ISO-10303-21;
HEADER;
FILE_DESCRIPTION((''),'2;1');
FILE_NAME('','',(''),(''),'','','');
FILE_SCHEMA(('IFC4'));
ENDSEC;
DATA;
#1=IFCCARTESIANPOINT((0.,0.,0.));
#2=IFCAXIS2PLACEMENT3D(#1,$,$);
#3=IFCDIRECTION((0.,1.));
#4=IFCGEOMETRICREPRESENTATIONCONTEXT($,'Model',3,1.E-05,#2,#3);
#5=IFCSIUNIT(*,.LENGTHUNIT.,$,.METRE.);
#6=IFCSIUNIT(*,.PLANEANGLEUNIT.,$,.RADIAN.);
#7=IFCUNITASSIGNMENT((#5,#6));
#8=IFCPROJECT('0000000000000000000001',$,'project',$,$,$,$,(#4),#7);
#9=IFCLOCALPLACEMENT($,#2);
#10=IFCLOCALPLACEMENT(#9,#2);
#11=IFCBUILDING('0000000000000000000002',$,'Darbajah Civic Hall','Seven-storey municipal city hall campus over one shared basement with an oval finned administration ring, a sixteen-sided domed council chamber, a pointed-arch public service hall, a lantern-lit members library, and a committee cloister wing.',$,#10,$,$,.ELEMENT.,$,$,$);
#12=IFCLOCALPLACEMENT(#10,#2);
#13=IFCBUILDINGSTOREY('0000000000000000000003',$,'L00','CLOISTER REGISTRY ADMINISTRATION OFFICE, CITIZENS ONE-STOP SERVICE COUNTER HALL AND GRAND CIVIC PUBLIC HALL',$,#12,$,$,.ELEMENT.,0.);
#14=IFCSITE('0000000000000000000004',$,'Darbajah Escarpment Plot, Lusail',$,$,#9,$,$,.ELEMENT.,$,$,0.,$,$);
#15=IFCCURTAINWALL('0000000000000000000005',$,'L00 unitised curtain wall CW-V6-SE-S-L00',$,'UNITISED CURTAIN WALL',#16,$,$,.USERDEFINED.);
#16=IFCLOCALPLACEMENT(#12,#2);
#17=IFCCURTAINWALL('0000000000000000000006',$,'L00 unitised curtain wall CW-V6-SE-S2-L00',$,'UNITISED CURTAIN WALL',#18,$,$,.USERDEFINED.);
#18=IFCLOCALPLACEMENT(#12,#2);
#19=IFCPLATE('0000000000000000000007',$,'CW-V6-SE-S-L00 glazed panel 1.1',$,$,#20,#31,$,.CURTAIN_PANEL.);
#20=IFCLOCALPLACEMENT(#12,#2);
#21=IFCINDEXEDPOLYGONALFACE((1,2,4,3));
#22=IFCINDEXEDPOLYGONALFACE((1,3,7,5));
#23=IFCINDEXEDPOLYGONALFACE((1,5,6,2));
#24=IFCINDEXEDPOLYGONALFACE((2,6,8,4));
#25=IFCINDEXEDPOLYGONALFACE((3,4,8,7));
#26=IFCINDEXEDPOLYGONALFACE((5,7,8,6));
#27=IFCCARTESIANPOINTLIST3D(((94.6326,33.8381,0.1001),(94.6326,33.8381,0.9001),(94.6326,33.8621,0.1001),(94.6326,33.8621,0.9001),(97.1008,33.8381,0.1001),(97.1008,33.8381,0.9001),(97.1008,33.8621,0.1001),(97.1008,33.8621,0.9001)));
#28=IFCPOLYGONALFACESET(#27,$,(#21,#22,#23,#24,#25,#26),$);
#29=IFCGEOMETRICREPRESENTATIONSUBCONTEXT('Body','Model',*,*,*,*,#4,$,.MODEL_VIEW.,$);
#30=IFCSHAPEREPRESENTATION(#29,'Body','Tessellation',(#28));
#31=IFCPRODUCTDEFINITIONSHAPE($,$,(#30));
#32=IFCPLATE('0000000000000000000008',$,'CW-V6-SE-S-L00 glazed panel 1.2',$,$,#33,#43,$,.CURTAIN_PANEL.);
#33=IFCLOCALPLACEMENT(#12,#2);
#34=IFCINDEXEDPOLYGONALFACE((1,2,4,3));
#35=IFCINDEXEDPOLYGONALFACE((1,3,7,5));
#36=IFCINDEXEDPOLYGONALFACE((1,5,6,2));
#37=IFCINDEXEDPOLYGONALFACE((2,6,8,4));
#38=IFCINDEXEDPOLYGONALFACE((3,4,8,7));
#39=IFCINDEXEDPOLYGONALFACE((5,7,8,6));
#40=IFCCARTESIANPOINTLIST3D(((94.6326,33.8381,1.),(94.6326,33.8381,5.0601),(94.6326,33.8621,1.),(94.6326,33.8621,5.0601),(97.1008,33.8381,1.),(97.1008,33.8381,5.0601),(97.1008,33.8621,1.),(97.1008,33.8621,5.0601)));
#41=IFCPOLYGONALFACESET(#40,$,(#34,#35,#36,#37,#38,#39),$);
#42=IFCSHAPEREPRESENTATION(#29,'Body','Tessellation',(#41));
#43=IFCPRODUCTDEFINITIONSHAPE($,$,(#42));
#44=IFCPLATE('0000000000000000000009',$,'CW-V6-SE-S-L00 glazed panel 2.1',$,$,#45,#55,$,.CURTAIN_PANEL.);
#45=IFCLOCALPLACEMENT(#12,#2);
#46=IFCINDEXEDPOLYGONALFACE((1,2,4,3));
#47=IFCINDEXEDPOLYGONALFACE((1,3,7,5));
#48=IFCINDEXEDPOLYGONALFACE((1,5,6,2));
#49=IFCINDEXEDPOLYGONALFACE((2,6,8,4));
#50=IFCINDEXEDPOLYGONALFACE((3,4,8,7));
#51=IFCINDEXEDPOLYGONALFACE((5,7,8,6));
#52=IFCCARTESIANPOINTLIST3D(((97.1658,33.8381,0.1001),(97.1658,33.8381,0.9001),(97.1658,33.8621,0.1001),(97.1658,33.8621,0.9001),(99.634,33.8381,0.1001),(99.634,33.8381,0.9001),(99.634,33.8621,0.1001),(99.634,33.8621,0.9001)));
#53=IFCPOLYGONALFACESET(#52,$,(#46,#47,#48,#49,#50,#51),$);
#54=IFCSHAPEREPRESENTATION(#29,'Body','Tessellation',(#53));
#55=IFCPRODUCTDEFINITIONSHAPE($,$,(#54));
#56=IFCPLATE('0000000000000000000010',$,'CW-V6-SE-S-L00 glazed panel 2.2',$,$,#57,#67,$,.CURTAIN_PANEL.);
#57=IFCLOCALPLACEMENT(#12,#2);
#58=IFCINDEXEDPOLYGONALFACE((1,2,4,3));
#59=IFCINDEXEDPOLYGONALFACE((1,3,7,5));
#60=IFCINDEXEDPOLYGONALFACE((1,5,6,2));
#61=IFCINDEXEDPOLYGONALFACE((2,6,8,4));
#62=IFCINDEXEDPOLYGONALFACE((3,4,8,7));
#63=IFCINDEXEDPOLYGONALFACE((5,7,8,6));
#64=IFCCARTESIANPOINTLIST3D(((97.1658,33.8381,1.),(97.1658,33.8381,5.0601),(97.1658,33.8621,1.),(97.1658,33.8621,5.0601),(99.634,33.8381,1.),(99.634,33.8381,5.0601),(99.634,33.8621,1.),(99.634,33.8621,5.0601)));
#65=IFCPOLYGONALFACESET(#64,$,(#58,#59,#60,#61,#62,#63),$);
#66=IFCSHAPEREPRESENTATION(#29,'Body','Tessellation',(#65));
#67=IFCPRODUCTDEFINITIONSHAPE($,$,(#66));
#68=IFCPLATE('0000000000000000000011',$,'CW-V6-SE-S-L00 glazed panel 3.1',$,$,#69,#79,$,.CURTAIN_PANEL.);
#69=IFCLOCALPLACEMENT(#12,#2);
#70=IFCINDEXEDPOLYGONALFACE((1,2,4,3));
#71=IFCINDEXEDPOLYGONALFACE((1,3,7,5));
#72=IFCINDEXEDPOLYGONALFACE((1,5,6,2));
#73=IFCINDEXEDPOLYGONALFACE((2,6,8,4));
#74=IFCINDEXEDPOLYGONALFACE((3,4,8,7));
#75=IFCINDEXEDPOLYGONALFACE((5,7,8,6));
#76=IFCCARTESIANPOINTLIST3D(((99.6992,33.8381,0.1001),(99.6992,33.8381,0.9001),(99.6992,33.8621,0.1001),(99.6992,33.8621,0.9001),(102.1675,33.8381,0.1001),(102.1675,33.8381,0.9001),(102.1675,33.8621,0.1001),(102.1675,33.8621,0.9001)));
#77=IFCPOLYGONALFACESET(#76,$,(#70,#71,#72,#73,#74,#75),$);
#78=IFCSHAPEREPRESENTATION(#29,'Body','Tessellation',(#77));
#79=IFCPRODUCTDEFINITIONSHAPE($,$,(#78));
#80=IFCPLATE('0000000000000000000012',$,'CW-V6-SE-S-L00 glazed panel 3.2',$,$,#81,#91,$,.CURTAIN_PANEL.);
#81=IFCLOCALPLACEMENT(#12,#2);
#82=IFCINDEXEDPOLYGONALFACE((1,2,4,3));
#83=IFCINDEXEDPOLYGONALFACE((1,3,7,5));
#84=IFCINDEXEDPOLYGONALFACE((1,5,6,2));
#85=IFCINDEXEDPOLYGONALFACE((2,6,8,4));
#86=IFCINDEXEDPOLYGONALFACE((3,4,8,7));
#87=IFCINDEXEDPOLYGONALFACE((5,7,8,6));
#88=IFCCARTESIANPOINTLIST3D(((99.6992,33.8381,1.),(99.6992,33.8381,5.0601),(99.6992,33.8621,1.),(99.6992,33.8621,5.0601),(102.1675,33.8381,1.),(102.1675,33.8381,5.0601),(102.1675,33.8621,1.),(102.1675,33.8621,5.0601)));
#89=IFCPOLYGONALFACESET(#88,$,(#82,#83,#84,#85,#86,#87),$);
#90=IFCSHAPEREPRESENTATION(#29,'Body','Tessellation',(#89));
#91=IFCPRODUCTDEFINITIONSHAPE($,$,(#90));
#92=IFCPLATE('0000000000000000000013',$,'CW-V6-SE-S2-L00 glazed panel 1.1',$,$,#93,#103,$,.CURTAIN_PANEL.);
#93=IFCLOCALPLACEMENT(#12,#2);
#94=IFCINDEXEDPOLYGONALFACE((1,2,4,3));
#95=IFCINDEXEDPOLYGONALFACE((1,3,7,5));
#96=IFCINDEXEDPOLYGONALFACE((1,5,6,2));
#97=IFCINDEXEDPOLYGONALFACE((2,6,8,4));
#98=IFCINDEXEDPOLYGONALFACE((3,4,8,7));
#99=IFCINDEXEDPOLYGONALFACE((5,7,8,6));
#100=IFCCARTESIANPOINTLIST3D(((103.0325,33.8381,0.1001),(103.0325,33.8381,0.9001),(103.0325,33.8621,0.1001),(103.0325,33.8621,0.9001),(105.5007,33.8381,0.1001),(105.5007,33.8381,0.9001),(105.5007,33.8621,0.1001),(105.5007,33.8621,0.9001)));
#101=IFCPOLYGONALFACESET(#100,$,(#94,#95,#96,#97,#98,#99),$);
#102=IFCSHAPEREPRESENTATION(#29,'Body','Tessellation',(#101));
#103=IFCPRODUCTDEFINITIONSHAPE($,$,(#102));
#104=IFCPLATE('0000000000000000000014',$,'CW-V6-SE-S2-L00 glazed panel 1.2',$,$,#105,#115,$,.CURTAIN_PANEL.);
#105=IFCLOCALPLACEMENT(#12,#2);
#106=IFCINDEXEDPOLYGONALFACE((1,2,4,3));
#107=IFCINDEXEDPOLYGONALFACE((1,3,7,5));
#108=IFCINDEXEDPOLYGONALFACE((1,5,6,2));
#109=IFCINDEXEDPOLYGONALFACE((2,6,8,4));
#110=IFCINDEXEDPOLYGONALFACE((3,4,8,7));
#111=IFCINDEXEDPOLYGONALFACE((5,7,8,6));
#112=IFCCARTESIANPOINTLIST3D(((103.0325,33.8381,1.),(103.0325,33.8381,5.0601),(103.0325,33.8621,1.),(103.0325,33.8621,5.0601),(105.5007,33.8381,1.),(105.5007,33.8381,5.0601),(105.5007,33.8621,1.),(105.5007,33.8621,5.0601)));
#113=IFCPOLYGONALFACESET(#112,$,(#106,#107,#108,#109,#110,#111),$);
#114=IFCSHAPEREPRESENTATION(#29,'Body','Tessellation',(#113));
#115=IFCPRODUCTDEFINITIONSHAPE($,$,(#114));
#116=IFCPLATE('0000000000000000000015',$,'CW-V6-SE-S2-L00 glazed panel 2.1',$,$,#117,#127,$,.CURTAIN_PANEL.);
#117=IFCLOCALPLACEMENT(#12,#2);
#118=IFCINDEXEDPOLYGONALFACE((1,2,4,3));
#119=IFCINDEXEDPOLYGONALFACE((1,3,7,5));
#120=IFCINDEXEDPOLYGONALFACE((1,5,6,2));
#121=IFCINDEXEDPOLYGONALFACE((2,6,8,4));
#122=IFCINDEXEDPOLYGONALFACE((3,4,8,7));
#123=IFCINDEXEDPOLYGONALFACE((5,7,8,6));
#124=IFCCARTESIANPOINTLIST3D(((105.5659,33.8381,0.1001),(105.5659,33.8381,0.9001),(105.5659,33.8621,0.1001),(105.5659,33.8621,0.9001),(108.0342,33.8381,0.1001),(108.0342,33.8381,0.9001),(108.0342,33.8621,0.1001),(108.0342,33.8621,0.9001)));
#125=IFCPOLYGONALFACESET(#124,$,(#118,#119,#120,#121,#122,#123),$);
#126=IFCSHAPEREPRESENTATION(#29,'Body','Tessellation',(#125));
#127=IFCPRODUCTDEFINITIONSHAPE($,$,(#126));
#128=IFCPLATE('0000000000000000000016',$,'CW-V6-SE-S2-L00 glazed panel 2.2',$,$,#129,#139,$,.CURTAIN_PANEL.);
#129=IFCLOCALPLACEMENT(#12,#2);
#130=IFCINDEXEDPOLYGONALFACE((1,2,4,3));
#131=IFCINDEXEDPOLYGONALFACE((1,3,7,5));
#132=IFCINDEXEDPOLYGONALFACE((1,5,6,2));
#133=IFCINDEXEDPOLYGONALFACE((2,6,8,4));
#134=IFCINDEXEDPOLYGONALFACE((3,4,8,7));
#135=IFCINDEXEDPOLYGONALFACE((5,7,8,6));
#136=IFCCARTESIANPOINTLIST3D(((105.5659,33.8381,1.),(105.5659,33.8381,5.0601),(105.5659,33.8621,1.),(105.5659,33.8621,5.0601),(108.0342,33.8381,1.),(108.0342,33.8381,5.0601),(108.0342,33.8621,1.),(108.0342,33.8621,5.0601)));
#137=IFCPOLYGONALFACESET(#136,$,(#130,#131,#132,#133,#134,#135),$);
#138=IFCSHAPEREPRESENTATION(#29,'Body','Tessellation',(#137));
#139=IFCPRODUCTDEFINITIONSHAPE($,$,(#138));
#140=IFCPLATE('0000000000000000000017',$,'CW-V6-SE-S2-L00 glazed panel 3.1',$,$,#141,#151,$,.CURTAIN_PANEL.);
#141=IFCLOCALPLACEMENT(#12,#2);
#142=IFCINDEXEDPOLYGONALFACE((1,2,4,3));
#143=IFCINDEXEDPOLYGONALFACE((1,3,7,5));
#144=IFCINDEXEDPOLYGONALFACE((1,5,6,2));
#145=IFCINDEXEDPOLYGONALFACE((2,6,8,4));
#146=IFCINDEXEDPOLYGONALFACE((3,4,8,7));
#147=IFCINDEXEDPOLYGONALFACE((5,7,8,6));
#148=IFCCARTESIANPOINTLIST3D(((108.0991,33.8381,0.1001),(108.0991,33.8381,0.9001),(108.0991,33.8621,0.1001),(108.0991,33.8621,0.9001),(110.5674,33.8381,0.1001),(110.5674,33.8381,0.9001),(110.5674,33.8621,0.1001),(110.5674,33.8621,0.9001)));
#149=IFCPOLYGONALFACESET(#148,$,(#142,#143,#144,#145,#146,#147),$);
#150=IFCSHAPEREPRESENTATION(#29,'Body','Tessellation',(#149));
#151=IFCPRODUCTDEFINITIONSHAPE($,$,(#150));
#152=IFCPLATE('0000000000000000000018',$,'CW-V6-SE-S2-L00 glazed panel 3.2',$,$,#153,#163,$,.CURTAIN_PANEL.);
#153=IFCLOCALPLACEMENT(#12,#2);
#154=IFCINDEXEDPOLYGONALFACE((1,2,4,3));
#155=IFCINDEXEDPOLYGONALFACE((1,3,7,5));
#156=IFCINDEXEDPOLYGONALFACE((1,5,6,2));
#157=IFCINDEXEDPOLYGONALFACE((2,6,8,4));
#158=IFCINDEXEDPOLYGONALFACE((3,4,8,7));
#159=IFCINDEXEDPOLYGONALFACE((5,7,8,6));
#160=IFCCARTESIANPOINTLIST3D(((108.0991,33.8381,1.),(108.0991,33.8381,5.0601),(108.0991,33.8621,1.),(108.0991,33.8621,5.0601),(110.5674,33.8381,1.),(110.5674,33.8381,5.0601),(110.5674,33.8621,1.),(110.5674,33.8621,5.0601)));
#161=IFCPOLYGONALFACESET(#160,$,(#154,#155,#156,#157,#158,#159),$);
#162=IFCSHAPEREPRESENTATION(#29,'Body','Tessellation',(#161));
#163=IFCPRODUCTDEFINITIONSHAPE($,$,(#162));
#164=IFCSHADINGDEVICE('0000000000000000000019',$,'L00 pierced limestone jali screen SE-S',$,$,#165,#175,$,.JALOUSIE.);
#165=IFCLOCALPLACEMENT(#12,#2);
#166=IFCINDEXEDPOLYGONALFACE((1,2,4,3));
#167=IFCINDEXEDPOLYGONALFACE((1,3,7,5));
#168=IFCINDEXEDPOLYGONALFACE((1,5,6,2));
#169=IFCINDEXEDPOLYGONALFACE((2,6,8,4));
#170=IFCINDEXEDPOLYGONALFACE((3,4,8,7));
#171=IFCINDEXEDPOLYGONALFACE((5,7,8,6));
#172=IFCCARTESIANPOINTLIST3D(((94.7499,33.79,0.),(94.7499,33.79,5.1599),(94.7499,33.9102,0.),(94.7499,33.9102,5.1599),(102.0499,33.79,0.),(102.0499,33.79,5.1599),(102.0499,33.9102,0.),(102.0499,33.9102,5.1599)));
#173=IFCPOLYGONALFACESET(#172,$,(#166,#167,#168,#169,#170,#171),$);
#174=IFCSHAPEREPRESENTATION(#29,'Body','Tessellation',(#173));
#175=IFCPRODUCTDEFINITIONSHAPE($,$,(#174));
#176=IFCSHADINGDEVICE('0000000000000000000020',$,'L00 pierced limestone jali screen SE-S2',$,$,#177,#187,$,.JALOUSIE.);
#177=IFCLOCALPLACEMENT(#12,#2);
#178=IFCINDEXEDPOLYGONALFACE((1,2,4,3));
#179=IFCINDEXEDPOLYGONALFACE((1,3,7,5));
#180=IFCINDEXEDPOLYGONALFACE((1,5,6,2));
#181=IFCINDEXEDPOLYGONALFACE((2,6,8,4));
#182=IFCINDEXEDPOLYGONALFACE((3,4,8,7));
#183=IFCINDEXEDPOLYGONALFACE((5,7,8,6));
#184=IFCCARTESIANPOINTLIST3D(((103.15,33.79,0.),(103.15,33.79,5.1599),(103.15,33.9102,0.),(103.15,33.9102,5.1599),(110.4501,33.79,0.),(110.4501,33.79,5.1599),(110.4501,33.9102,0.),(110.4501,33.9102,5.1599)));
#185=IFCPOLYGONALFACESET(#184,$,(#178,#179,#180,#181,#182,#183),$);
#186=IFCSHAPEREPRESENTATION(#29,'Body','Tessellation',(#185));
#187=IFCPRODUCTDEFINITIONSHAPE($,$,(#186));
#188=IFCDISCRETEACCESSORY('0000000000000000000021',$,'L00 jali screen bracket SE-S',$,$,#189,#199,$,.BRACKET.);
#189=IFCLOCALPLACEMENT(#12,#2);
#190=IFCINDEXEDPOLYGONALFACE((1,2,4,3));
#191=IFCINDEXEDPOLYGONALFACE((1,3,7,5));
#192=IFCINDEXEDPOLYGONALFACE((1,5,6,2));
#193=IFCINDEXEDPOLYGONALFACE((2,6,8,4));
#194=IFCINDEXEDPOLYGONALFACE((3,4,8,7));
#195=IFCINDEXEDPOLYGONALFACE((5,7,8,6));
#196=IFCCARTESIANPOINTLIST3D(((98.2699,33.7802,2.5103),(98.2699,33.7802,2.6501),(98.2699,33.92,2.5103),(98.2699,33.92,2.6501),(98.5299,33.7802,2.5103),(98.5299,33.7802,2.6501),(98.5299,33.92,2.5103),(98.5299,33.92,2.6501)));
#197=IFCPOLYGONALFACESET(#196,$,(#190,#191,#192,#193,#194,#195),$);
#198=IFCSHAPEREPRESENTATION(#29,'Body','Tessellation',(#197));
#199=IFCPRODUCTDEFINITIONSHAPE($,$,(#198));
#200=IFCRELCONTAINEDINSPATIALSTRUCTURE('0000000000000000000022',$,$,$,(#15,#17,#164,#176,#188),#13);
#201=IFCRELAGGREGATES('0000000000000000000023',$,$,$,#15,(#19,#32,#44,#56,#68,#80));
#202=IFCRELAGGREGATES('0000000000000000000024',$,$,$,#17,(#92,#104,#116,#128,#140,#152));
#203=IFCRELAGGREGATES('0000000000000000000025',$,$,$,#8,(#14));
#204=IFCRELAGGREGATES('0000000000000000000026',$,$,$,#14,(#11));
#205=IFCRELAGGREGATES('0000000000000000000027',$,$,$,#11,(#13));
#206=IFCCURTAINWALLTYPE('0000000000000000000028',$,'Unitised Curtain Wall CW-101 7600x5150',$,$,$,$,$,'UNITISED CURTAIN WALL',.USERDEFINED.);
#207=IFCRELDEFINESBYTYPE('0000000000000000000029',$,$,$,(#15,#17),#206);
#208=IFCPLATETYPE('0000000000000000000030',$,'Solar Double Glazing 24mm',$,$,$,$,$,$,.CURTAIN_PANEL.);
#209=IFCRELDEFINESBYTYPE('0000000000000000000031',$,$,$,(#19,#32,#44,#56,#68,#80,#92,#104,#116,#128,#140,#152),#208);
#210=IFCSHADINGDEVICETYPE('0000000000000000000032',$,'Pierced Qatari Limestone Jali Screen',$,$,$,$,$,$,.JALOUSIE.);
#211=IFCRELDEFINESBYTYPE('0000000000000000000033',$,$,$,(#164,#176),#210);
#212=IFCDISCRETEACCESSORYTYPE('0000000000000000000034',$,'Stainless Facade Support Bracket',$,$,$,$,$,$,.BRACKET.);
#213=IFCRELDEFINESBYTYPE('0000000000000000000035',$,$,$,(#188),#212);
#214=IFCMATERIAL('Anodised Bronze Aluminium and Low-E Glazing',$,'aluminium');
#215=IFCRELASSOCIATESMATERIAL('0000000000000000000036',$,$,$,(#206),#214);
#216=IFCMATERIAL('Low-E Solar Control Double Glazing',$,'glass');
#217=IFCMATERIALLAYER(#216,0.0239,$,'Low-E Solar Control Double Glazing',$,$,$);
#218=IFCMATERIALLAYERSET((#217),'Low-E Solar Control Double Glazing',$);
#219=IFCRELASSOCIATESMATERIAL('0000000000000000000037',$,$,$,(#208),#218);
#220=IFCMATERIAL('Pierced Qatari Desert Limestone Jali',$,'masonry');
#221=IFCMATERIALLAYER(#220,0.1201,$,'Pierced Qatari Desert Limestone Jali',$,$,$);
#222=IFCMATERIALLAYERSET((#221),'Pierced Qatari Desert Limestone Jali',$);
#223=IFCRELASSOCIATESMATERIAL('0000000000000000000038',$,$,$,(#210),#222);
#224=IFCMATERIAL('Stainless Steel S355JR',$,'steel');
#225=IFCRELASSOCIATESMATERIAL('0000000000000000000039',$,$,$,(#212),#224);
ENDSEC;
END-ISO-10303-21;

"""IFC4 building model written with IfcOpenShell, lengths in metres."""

from ifc_helpers import new_model, si_unit, direction, frame, origin, origin_2d, place, context, subcontext, project, spatial, rectangle, extrude, material, layer, layer_set, type_object, element, aggregate, save


model = new_model("IFC4")

# Units and contexts
model_context = context("Model", 3, precision=1e-05, world=origin(), true_north=direction((0.0, 1.0)))
body_context = subcontext(model_context, "Body", "Model", "MODEL_VIEW")
ifc_project = project(units=[si_unit("LENGTHUNIT", "METRE"), si_unit("PLANEANGLEUNIT", "RADIAN")], contexts=[model_context])

# Site, building, storey
site_placement = place(None, origin())
site = spatial("IfcSite", under=ifc_project, at=site_placement, Name="Darbajah Escarpment Plot, Lusail", CompositionType="ELEMENT", RefElevation=0.0)
building_placement = place(site_placement, origin())
building = spatial("IfcBuilding", under=site, at=building_placement, Name="Darbajah Civic Hall", Description="Seven-storey municipal city hall campus over one shared basement with an oval finned administration ring, a sixteen-sided domed council chamber, a pointed-arch public service hall, a lantern-lit members library, and a committee cloister wing.", CompositionType="ELEMENT")
storey_placement = place(building_placement, origin())
storey = spatial("IfcBuildingStorey", under=building, at=storey_placement, Name="L00", Description="CLOISTER REGISTRY ADMINISTRATION OFFICE, CITIZENS ONE-STOP SERVICE COUNTER HALL AND GRAND CIVIC PUBLIC HALL", CompositionType="ELEMENT", Elevation=0.0)

# Curtain walls
ifc_material_1 = material(Name="Anodised Bronze Aluminium and Low-E Glazing", Category="aluminium")
curtain_wall_type = type_object("IfcCurtainWallType", Name="Unitised Curtain Wall CW-101 7600x5150", ElementType="UNITISED CURTAIN WALL", PredefinedType="USERDEFINED", material=ifc_material_1)
curtain_wall_1_placement = place(storey_placement, origin())
curtain_wall_1 = element("IfcCurtainWall", 1, at=curtain_wall_1_placement, inside=storey, type_object=curtain_wall_type, Name="L00 unitised curtain wall CW-V6-SE-S-L00", ObjectType="UNITISED CURTAIN WALL", PredefinedType="USERDEFINED")
curtain_wall_2_placement = place(storey_placement, origin())
curtain_wall_2 = element("IfcCurtainWall", 2, at=curtain_wall_2_placement, inside=storey, type_object=curtain_wall_type, Name="L00 unitised curtain wall CW-V6-SE-S2-L00", ObjectType="UNITISED CURTAIN WALL", PredefinedType="USERDEFINED")

# Plates
ifc_material_2 = material(Name="Low-E Solar Control Double Glazing", Category="glass")
ifc_layer_1 = layer(ifc_material_2, 0.0239, Name="Low-E Solar Control Double Glazing")
ifc_layer_set_1 = layer_set([ifc_layer_1], Name="Low-E Solar Control Double Glazing")
plate_type = type_object("IfcPlateType", Name="Solar Double Glazing 24mm", PredefinedType="CURTAIN_PANEL", material=ifc_layer_set_1)
plate_1_placement = place(storey_placement, frame((95.8667, 33.8501, 0.1001), z_axis=(0.0, 0.0, 1.0), x_axis=(1.0, 0.0, 0.0)))
plate_1 = element("IfcPlate", 3, at=plate_1_placement, type_object=plate_type, Name="CW-V6-SE-S-L00 glazed panel 1.1", PredefinedType="CURTAIN_PANEL", context=body_context, shape_type="SweptSolid", body=[
    extrude(rectangle(XDim=2.4683, YDim=0.0239, at=origin_2d()), origin(), (0.0, 0.0, 1.0), 0.8),
])
plate_2_placement = place(storey_placement, frame((95.8667, 33.8501, 1.0), z_axis=(0.0, 0.0, 1.0), x_axis=(1.0, 0.0, 0.0)))
plate_2 = element("IfcPlate", 4, at=plate_2_placement, type_object=plate_type, Name="CW-V6-SE-S-L00 glazed panel 1.2", PredefinedType="CURTAIN_PANEL", context=body_context, shape_type="SweptSolid", body=[
    extrude(rectangle(XDim=2.4683, YDim=0.0239, at=origin_2d()), origin(), (0.0, 0.0, 1.0), 4.0601),
])
plate_3_placement = place(storey_placement, frame((98.3999, 33.8501, 0.1001), z_axis=(0.0, 0.0, 1.0), x_axis=(1.0, 0.0, 0.0)))
plate_3 = element("IfcPlate", 5, at=plate_3_placement, type_object=plate_type, Name="CW-V6-SE-S-L00 glazed panel 2.1", PredefinedType="CURTAIN_PANEL", context=body_context, shape_type="SweptSolid", body=[
    extrude(rectangle(XDim=2.4683, YDim=0.0239, at=origin_2d()), origin(), (0.0, 0.0, 1.0), 0.8),
])
plate_4_placement = place(storey_placement, frame((98.3999, 33.8501, 1.0), z_axis=(0.0, 0.0, 1.0), x_axis=(1.0, 0.0, 0.0)))
plate_4 = element("IfcPlate", 6, at=plate_4_placement, type_object=plate_type, Name="CW-V6-SE-S-L00 glazed panel 2.2", PredefinedType="CURTAIN_PANEL", context=body_context, shape_type="SweptSolid", body=[
    extrude(rectangle(XDim=2.4683, YDim=0.0239, at=origin_2d()), origin(), (0.0, 0.0, 1.0), 4.0601),
])
plate_5_placement = place(storey_placement, frame((100.9333, 33.8501, 0.1001), z_axis=(0.0, 0.0, 1.0), x_axis=(1.0, 0.0, 0.0)))
plate_5 = element("IfcPlate", 7, at=plate_5_placement, type_object=plate_type, Name="CW-V6-SE-S-L00 glazed panel 3.1", PredefinedType="CURTAIN_PANEL", context=body_context, shape_type="SweptSolid", body=[
    extrude(rectangle(XDim=2.4683, YDim=0.0239, at=origin_2d()), origin(), (0.0, 0.0, 1.0), 0.8),
])
plate_6_placement = place(storey_placement, frame((100.9333, 33.8501, 1.0), z_axis=(0.0, 0.0, 1.0), x_axis=(1.0, 0.0, 0.0)))
plate_6 = element("IfcPlate", 8, at=plate_6_placement, type_object=plate_type, Name="CW-V6-SE-S-L00 glazed panel 3.2", PredefinedType="CURTAIN_PANEL", context=body_context, shape_type="SweptSolid", body=[
    extrude(rectangle(XDim=2.4683, YDim=0.0239, at=origin_2d()), origin(), (0.0, 0.0, 1.0), 4.0601),
])
aggregate(curtain_wall_1, [plate_1, plate_2, plate_3, plate_4, plate_5, plate_6])
plate_7_placement = place(storey_placement, frame((104.2666, 33.8501, 0.1001), z_axis=(0.0, 0.0, 1.0), x_axis=(1.0, 0.0, 0.0)))
plate_7 = element("IfcPlate", 9, at=plate_7_placement, type_object=plate_type, Name="CW-V6-SE-S2-L00 glazed panel 1.1", PredefinedType="CURTAIN_PANEL", context=body_context, shape_type="SweptSolid", body=[
    extrude(rectangle(XDim=2.4683, YDim=0.0239, at=origin_2d()), origin(), (0.0, 0.0, 1.0), 0.8),
])
plate_8_placement = place(storey_placement, frame((104.2666, 33.8501, 1.0), z_axis=(0.0, 0.0, 1.0), x_axis=(1.0, 0.0, 0.0)))
plate_8 = element("IfcPlate", 10, at=plate_8_placement, type_object=plate_type, Name="CW-V6-SE-S2-L00 glazed panel 1.2", PredefinedType="CURTAIN_PANEL", context=body_context, shape_type="SweptSolid", body=[
    extrude(rectangle(XDim=2.4683, YDim=0.0239, at=origin_2d()), origin(), (0.0, 0.0, 1.0), 4.0601),
])
plate_9_placement = place(storey_placement, frame((106.8, 33.8501, 0.1001), z_axis=(0.0, 0.0, 1.0), x_axis=(1.0, 0.0, 0.0)))
plate_9 = element("IfcPlate", 11, at=plate_9_placement, type_object=plate_type, Name="CW-V6-SE-S2-L00 glazed panel 2.1", PredefinedType="CURTAIN_PANEL", context=body_context, shape_type="SweptSolid", body=[
    extrude(rectangle(XDim=2.4683, YDim=0.0239, at=origin_2d()), origin(), (0.0, 0.0, 1.0), 0.8),
])
plate_10_placement = place(storey_placement, frame((106.8, 33.8501, 1.0), z_axis=(0.0, 0.0, 1.0), x_axis=(1.0, 0.0, 0.0)))
plate_10 = element("IfcPlate", 12, at=plate_10_placement, type_object=plate_type, Name="CW-V6-SE-S2-L00 glazed panel 2.2", PredefinedType="CURTAIN_PANEL", context=body_context, shape_type="SweptSolid", body=[
    extrude(rectangle(XDim=2.4683, YDim=0.0239, at=origin_2d()), origin(), (0.0, 0.0, 1.0), 4.0601),
])
plate_11_placement = place(storey_placement, frame((109.3333, 33.8501, 0.1001), z_axis=(0.0, 0.0, 1.0), x_axis=(1.0, 0.0, 0.0)))
plate_11 = element("IfcPlate", 13, at=plate_11_placement, type_object=plate_type, Name="CW-V6-SE-S2-L00 glazed panel 3.1", PredefinedType="CURTAIN_PANEL", context=body_context, shape_type="SweptSolid", body=[
    extrude(rectangle(XDim=2.4683, YDim=0.0239, at=origin_2d()), origin(), (0.0, 0.0, 1.0), 0.8),
])
plate_12_placement = place(storey_placement, frame((109.3333, 33.8501, 1.0), z_axis=(0.0, 0.0, 1.0), x_axis=(1.0, 0.0, 0.0)))
plate_12 = element("IfcPlate", 14, at=plate_12_placement, type_object=plate_type, Name="CW-V6-SE-S2-L00 glazed panel 3.2", PredefinedType="CURTAIN_PANEL", context=body_context, shape_type="SweptSolid", body=[
    extrude(rectangle(XDim=2.4683, YDim=0.0239, at=origin_2d()), origin(), (0.0, 0.0, 1.0), 4.0601),
])
aggregate(curtain_wall_2, [plate_7, plate_8, plate_9, plate_10, plate_11, plate_12])

# Shading devices
ifc_material_3 = material(Name="Pierced Qatari Desert Limestone Jali", Category="masonry")
ifc_layer_2 = layer(ifc_material_3, 0.1201, Name="Pierced Qatari Desert Limestone Jali")
ifc_layer_set_2 = layer_set([ifc_layer_2], Name="Pierced Qatari Desert Limestone Jali")
shading_device_type = type_object("IfcShadingDeviceType", Name="Pierced Qatari Limestone Jali Screen", PredefinedType="JALOUSIE", material=ifc_layer_set_2)
for number, where, z_axis, x_axis, name in (
    (15, (98.3999, 33.8501, 0.0), (0.0, 0.0, 1.0), (1.0, 0.0, 0.0), "L00 pierced limestone jali screen SE-S"),
    (16, (106.8, 33.8501, 0.0), (0.0, 0.0, 1.0), (1.0, 0.0, 0.0), "L00 pierced limestone jali screen SE-S2"),
):
    element("IfcShadingDevice", number, at=place(storey_placement, frame(where, z_axis=z_axis, x_axis=x_axis)), inside=storey, type_object=shading_device_type, Name=name, PredefinedType="JALOUSIE", context=body_context, shape_type="SweptSolid", body=[
        extrude(rectangle(XDim=7.3, YDim=0.1201, at=origin_2d()), origin(), (0.0, 0.0, 1.0), 5.1599),
    ])

# Discrete accessory
ifc_material_4 = material(Name="Stainless Steel S355JR", Category="steel")
discrete_accessory_type = type_object("IfcDiscreteAccessoryType", Name="Stainless Facade Support Bracket", PredefinedType="BRACKET", material=ifc_material_4)
for number, where, z_axis, x_axis, name in (
    (17, (98.3999, 33.8501, 2.5103), (0.0, 0.0, 1.0), (1.0, 0.0, 0.0), "L00 jali screen bracket SE-S"),
):
    element("IfcDiscreteAccessory", number, at=place(storey_placement, frame(where, z_axis=z_axis, x_axis=x_axis)), inside=storey, type_object=discrete_accessory_type, Name=name, PredefinedType="BRACKET", context=body_context, shape_type="SweptSolid", body=[
        extrude(rectangle(XDim=0.26, YDim=0.1399, at=origin_2d()), origin(), (0.0, 0.0, 1.0), 0.1399),
    ])

save(model, "model.ifc")
